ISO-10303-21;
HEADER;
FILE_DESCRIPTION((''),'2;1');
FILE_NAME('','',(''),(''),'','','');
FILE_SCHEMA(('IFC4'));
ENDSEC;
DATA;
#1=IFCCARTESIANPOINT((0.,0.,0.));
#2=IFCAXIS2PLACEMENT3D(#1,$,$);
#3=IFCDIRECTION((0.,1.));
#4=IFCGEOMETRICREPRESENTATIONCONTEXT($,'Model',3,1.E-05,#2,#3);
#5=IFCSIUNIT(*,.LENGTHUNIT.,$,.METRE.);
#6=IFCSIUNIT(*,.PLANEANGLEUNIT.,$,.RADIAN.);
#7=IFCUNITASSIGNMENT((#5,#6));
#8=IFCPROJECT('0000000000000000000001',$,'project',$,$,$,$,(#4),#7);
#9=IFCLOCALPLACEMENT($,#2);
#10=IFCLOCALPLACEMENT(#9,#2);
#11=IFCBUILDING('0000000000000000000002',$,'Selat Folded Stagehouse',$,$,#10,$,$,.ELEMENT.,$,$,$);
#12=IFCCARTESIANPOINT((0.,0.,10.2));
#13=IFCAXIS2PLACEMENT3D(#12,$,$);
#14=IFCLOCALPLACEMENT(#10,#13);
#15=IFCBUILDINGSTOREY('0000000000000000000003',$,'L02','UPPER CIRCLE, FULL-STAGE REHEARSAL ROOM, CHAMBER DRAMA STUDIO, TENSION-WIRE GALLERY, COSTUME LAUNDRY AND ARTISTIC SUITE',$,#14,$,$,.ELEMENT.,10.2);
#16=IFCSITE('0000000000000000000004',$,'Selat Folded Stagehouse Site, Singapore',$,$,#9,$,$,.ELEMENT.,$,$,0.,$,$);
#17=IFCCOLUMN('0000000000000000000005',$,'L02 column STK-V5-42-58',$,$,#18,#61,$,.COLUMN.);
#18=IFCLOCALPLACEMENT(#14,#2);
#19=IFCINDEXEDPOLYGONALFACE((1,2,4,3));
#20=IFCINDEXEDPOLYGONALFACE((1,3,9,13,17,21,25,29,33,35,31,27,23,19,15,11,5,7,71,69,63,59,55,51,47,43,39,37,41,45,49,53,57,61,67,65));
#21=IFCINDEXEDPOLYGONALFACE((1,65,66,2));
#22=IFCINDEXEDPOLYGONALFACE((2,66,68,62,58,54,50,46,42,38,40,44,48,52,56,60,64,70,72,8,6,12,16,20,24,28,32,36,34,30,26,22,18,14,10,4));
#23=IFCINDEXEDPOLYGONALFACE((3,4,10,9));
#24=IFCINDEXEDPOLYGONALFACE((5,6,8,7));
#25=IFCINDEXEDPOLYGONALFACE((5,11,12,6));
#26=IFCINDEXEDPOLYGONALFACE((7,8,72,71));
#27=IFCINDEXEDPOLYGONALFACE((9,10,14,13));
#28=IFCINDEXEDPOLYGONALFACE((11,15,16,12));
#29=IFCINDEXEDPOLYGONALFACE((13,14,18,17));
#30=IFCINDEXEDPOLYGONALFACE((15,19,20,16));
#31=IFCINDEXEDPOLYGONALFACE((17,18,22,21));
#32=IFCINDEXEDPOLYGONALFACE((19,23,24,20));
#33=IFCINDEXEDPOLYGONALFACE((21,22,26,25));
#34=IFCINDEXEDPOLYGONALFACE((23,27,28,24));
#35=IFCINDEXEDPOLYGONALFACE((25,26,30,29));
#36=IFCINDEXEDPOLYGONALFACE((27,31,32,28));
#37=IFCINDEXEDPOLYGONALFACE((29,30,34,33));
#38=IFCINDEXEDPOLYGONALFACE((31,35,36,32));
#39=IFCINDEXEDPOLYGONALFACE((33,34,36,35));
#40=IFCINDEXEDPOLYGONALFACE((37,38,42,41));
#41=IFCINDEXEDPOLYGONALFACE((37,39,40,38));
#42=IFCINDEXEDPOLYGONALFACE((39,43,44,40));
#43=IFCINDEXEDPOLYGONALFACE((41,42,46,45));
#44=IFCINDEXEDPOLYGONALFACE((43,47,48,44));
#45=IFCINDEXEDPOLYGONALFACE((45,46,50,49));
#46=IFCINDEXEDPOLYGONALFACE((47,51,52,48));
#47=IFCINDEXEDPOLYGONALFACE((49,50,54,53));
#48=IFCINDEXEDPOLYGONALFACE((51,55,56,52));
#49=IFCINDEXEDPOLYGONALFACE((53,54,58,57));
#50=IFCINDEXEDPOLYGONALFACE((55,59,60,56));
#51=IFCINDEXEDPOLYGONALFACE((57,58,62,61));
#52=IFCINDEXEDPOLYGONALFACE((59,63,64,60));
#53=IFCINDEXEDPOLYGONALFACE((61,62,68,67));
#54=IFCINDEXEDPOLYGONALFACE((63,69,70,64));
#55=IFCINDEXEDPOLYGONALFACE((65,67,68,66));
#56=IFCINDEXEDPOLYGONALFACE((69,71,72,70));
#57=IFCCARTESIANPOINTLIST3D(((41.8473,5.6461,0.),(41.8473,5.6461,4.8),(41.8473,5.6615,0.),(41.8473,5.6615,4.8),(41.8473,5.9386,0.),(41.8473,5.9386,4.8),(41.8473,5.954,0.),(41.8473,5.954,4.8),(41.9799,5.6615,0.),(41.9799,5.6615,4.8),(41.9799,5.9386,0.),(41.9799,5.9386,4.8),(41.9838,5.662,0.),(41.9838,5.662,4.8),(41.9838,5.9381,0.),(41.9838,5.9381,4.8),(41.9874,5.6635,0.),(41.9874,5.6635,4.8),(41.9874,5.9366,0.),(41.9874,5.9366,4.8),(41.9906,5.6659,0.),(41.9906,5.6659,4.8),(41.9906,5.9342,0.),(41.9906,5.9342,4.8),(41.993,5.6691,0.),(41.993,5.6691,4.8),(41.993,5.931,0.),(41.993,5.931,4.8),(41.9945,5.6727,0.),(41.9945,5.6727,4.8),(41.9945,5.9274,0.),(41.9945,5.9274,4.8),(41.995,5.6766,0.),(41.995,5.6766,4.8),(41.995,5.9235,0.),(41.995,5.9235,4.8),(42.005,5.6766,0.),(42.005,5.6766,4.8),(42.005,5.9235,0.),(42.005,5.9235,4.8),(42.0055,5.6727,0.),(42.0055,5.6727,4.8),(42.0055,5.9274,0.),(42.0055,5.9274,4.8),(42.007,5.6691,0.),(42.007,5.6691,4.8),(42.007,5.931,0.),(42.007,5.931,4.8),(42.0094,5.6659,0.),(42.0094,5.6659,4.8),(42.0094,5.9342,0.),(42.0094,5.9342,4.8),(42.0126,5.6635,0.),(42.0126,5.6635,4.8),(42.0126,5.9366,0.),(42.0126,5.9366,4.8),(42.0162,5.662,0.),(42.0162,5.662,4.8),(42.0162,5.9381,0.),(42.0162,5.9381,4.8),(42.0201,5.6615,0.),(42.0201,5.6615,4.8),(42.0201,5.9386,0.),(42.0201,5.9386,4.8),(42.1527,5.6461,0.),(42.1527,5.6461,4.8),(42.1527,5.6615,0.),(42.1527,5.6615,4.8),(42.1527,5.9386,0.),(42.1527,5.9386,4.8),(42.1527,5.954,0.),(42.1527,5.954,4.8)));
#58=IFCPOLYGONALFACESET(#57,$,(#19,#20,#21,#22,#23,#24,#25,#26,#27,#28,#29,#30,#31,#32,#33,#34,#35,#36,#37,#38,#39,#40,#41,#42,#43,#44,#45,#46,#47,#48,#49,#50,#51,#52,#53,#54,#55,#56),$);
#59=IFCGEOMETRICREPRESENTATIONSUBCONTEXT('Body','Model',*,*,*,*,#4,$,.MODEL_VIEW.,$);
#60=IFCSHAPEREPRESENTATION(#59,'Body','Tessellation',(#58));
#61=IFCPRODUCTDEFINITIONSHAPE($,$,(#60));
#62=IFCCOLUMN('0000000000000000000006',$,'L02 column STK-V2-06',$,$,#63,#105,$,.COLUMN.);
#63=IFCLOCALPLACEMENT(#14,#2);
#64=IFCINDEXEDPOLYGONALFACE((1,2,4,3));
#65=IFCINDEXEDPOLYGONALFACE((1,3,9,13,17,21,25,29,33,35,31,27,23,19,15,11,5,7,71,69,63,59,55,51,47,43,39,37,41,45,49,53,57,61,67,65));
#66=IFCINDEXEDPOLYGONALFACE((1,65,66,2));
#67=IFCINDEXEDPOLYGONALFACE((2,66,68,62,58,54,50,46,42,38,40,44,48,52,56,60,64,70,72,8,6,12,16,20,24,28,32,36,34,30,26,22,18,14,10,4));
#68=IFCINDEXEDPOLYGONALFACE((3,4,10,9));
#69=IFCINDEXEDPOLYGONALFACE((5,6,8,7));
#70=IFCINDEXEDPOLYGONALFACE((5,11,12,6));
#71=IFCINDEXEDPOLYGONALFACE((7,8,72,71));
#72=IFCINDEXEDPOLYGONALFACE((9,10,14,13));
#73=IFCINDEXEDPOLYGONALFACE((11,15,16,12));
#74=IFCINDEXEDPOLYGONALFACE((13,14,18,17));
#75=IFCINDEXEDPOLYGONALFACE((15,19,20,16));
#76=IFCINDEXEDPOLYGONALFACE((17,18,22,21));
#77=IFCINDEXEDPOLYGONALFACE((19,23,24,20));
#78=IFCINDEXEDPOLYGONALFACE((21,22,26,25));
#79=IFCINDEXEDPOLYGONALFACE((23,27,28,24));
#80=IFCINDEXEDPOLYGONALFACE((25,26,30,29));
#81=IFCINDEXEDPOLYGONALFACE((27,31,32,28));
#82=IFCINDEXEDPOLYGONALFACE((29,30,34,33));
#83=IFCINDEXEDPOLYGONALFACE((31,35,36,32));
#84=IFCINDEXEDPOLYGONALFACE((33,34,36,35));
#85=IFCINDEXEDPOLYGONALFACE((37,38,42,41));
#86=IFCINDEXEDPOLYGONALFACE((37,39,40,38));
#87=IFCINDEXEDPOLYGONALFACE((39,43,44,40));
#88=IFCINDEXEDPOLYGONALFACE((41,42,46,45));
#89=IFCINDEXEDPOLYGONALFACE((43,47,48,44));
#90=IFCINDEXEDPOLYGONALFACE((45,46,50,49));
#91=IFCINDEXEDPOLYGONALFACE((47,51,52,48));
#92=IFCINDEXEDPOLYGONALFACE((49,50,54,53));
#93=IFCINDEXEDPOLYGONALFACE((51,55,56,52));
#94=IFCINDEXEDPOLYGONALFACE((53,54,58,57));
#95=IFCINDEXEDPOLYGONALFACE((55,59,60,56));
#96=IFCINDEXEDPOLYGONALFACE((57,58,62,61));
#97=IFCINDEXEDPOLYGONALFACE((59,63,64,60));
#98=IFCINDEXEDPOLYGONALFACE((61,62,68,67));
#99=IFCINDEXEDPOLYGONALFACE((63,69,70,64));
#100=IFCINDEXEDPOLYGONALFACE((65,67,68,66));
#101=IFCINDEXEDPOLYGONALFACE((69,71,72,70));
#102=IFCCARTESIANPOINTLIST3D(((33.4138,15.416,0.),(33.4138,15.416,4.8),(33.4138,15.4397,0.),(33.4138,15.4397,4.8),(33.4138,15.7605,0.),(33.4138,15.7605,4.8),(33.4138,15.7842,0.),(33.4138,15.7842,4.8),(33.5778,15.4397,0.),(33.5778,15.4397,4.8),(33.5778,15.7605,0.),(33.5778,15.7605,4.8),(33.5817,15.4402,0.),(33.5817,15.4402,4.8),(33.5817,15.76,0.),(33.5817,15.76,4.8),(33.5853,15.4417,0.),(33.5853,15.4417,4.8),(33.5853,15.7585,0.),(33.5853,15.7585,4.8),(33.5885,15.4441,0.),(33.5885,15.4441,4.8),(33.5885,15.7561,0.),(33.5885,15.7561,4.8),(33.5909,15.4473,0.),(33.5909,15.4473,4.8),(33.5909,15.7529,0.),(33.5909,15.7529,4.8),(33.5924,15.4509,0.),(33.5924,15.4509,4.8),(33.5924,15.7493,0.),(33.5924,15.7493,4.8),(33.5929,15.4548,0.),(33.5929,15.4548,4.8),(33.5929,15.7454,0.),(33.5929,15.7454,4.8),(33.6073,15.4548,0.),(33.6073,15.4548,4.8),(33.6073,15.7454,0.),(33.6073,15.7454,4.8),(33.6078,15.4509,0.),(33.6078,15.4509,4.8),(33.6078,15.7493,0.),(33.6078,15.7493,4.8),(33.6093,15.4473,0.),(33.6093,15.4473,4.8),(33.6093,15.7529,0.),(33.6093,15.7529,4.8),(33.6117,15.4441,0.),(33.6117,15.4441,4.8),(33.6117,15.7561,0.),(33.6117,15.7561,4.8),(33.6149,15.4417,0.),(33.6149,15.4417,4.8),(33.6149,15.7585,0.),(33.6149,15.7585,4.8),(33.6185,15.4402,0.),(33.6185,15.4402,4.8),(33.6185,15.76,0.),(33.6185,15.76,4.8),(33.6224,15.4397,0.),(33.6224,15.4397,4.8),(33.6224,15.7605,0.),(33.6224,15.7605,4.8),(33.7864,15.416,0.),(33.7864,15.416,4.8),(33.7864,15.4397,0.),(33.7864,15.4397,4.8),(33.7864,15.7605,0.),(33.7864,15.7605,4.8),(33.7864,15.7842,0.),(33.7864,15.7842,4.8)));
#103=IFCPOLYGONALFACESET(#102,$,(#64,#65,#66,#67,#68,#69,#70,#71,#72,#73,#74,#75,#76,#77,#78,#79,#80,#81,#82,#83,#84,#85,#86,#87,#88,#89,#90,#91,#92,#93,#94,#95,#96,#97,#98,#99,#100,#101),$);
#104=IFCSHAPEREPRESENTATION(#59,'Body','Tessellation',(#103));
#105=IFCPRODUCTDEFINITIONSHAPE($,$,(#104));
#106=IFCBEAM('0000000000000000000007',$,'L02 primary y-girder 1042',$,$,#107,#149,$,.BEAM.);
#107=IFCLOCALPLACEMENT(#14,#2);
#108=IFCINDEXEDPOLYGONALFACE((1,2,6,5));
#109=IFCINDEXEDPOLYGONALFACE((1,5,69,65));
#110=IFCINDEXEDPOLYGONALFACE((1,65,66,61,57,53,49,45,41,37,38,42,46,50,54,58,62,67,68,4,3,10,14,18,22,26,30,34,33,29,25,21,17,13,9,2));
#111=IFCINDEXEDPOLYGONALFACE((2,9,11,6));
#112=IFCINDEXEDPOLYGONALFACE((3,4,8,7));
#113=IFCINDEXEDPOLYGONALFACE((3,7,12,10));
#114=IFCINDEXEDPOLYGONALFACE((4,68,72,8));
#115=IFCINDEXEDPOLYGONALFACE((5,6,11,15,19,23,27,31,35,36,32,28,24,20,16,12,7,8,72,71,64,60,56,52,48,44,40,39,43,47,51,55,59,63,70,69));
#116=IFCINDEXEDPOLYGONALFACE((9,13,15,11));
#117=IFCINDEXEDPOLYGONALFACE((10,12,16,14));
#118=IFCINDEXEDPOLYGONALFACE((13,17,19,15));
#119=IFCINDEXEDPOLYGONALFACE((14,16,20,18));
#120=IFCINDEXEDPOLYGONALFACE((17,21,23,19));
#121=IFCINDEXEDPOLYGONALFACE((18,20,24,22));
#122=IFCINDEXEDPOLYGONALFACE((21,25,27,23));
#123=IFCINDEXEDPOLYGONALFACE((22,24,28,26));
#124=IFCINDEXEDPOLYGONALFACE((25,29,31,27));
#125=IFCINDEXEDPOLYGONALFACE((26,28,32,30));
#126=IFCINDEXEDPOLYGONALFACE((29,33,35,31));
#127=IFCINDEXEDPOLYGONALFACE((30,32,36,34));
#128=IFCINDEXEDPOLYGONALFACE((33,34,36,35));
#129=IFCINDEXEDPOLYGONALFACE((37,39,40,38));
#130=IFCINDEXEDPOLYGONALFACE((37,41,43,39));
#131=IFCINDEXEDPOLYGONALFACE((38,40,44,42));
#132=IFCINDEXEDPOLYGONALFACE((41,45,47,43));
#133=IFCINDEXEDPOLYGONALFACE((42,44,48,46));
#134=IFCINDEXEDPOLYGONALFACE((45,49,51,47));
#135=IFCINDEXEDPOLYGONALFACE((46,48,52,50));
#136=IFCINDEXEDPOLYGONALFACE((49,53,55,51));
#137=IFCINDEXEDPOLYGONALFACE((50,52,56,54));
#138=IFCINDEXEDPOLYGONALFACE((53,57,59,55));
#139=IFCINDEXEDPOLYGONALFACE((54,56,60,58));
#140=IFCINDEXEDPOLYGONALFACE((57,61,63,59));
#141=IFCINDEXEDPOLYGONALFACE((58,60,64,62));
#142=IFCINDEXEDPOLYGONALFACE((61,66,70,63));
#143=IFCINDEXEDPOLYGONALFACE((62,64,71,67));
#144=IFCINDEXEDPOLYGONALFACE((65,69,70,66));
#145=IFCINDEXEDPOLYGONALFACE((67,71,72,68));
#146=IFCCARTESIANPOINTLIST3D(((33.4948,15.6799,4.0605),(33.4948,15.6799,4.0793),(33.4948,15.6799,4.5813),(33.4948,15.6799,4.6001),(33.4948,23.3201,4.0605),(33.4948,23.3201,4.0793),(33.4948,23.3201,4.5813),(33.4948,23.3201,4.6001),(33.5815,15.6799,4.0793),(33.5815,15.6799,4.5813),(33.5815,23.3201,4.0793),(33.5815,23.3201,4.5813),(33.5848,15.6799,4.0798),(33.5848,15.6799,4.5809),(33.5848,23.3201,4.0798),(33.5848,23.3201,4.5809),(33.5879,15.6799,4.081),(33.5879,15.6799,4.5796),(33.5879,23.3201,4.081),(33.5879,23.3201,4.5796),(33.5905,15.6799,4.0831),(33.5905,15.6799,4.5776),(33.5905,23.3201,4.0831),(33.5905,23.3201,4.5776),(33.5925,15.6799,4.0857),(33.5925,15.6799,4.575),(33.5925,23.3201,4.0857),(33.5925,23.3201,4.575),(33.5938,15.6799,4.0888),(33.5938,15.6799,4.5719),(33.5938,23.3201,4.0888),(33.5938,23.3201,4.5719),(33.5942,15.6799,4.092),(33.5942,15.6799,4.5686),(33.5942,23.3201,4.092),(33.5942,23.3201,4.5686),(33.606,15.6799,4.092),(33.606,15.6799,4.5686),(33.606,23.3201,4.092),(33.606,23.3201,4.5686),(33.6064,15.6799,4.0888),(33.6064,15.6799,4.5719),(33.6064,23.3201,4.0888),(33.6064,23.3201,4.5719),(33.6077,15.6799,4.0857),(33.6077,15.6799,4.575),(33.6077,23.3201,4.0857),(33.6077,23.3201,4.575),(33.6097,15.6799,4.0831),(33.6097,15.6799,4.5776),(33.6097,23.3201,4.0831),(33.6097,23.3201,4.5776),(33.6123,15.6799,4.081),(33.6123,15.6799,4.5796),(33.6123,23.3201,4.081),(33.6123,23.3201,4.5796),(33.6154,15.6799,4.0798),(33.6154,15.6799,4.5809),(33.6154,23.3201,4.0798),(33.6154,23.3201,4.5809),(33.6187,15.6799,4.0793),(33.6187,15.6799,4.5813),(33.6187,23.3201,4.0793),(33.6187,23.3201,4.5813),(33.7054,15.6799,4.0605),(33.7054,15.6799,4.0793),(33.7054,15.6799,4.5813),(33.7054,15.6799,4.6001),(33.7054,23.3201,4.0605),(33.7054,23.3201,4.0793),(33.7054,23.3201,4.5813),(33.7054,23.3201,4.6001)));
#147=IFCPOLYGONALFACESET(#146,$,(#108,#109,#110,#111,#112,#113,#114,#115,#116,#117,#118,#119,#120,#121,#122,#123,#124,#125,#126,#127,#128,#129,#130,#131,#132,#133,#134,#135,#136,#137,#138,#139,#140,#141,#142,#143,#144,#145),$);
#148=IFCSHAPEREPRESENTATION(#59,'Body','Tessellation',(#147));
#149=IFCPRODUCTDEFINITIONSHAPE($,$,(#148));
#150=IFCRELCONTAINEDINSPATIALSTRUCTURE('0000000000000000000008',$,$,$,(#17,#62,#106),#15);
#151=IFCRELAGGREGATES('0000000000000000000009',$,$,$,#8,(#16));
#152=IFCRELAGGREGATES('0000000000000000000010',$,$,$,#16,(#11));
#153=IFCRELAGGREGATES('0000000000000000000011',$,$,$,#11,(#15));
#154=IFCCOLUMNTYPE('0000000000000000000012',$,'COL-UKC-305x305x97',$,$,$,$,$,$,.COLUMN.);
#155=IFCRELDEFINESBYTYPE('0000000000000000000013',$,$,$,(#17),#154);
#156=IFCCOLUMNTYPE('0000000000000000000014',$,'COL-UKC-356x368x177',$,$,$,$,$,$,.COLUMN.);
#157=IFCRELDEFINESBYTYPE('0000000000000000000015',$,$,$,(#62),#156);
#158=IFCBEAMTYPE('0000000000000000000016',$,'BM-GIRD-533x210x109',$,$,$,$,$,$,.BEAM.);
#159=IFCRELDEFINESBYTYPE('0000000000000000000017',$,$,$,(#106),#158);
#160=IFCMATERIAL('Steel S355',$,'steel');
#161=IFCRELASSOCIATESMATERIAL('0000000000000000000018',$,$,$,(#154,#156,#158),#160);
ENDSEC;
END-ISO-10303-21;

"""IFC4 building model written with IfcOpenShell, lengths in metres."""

from ifc_helpers import new_model, si_unit, direction, frame, origin, origin_2d, place, context, subcontext, project, spatial, i_section, extrude, material, material_profile, profile_set, type_object, element, save


model = new_model("IFC4")

# Units and contexts
model_context = context("Model", 3, precision=1e-05, world=origin(), true_north=direction((0.0, 1.0)))
body_context = subcontext(model_context, "Body", "Model", "MODEL_VIEW")
ifc_project = project(units=[si_unit("LENGTHUNIT", "METRE"), si_unit("PLANEANGLEUNIT", "RADIAN")], contexts=[model_context])

# Site, building, storey
site_placement = place(None, origin())
site = spatial("IfcSite", under=ifc_project, at=site_placement, Name="Selat Folded Stagehouse Site, Singapore", CompositionType="ELEMENT", RefElevation=0.0)
building_placement = place(site_placement, origin())
building = spatial("IfcBuilding", under=site, at=building_placement, Name="Selat Folded Stagehouse", CompositionType="ELEMENT")
storey_placement = place(building_placement, frame((0.0, 0.0, 10.2)))
storey = spatial("IfcBuildingStorey", under=building, at=storey_placement, Name="L02", Description="UPPER CIRCLE, FULL-STAGE REHEARSAL ROOM, CHAMBER DRAMA STUDIO, TENSION-WIRE GALLERY, COSTUME LAUNDRY AND ARTISTIC SUITE", CompositionType="ELEMENT", Elevation=10.2)

# Columns
ifc_material_1 = material(Name="Steel S355", Category="steel")
ifc_material_profile_1 = material_profile(ifc_material_1, i_section(OverallWidth=0.3054, OverallDepth=0.3079, WebThickness=0.01, FlangeThickness=0.0154, FilletRadius=0.0151, at=origin_2d()), Name="UKC 305x305x97")
ifc_profile_set_1 = profile_set([ifc_material_profile_1], Name="Steel S355")
column_type_1 = type_object("IfcColumnType", Name="COL-UKC-305x305x97", PredefinedType="COLUMN", material=ifc_profile_set_1)
column_1_placement = place(storey_placement, frame((42.0, 5.8, 0.0), z_axis=(0.0, 0.0, 1.0), x_axis=(1.0, 0.0, 0.0)))
element("IfcColumn", 1, at=column_1_placement, inside=storey, type_object=column_type_1, Name="L02 column STK-V5-42-58", PredefinedType="COLUMN", context=body_context, shape_type="SweptSolid", body=[
    extrude(i_section(OverallWidth=0.3054, OverallDepth=0.3079, WebThickness=0.01, FlangeThickness=0.0154, FilletRadius=0.0151, at=origin_2d()), origin(), (0.0, 0.0, 1.0), 4.8),
])
ifc_material_profile_2 = material_profile(ifc_material_1, i_section(OverallWidth=0.3726, OverallDepth=0.3682, WebThickness=0.0144, FlangeThickness=0.0237, FilletRadius=0.0151, at=origin_2d()), Name="UKC 356x368x177")
ifc_profile_set_2 = profile_set([ifc_material_profile_2], Name="Steel S355")
column_type_2 = type_object("IfcColumnType", Name="COL-UKC-356x368x177", PredefinedType="COLUMN", material=ifc_profile_set_2)
column_2_placement = place(storey_placement, frame((33.6001, 15.6001, 0.0), z_axis=(0.0, 0.0, 1.0), x_axis=(1.0, 0.0, 0.0)))
element("IfcColumn", 2, at=column_2_placement, inside=storey, type_object=column_type_2, Name="L02 column STK-V2-06", PredefinedType="COLUMN", context=body_context, shape_type="SweptSolid", body=[
    extrude(i_section(OverallWidth=0.3726, OverallDepth=0.3682, WebThickness=0.0144, FlangeThickness=0.0237, FilletRadius=0.0151, at=origin_2d()), origin(), (0.0, 0.0, 1.0), 4.8),
])

# Beam
ifc_material_profile_3 = material_profile(ifc_material_1, i_section(OverallWidth=0.2107, OverallDepth=0.5396, WebThickness=0.0117, FlangeThickness=0.0188, FilletRadius=0.0127, at=origin_2d()), Name="UKB 533x210x109")
ifc_profile_set_3 = profile_set([ifc_material_profile_3], Name="Steel S355")
beam_type_1 = type_object("IfcBeamType", Name="BM-GIRD-533x210x109", PredefinedType="BEAM", material=ifc_profile_set_3)
beam_1_placement = place(storey_placement, frame((33.6001, 15.6799, 4.3303), z_axis=(0.0, 1.0, 0.0), x_axis=(-1.0, 0.0, 0.0)))
element("IfcBeam", 3, at=beam_1_placement, inside=storey, type_object=beam_type_1, Name="L02 primary y-girder 1042", PredefinedType="BEAM", context=body_context, shape_type="SweptSolid", body=[
    extrude(i_section(OverallWidth=0.2107, OverallDepth=0.5396, WebThickness=0.0117, FlangeThickness=0.0188, FilletRadius=0.0127, at=origin_2d()), origin(), (0.0, 0.0, 1.0), 7.6401),
])

save(model, "model.ifc")
